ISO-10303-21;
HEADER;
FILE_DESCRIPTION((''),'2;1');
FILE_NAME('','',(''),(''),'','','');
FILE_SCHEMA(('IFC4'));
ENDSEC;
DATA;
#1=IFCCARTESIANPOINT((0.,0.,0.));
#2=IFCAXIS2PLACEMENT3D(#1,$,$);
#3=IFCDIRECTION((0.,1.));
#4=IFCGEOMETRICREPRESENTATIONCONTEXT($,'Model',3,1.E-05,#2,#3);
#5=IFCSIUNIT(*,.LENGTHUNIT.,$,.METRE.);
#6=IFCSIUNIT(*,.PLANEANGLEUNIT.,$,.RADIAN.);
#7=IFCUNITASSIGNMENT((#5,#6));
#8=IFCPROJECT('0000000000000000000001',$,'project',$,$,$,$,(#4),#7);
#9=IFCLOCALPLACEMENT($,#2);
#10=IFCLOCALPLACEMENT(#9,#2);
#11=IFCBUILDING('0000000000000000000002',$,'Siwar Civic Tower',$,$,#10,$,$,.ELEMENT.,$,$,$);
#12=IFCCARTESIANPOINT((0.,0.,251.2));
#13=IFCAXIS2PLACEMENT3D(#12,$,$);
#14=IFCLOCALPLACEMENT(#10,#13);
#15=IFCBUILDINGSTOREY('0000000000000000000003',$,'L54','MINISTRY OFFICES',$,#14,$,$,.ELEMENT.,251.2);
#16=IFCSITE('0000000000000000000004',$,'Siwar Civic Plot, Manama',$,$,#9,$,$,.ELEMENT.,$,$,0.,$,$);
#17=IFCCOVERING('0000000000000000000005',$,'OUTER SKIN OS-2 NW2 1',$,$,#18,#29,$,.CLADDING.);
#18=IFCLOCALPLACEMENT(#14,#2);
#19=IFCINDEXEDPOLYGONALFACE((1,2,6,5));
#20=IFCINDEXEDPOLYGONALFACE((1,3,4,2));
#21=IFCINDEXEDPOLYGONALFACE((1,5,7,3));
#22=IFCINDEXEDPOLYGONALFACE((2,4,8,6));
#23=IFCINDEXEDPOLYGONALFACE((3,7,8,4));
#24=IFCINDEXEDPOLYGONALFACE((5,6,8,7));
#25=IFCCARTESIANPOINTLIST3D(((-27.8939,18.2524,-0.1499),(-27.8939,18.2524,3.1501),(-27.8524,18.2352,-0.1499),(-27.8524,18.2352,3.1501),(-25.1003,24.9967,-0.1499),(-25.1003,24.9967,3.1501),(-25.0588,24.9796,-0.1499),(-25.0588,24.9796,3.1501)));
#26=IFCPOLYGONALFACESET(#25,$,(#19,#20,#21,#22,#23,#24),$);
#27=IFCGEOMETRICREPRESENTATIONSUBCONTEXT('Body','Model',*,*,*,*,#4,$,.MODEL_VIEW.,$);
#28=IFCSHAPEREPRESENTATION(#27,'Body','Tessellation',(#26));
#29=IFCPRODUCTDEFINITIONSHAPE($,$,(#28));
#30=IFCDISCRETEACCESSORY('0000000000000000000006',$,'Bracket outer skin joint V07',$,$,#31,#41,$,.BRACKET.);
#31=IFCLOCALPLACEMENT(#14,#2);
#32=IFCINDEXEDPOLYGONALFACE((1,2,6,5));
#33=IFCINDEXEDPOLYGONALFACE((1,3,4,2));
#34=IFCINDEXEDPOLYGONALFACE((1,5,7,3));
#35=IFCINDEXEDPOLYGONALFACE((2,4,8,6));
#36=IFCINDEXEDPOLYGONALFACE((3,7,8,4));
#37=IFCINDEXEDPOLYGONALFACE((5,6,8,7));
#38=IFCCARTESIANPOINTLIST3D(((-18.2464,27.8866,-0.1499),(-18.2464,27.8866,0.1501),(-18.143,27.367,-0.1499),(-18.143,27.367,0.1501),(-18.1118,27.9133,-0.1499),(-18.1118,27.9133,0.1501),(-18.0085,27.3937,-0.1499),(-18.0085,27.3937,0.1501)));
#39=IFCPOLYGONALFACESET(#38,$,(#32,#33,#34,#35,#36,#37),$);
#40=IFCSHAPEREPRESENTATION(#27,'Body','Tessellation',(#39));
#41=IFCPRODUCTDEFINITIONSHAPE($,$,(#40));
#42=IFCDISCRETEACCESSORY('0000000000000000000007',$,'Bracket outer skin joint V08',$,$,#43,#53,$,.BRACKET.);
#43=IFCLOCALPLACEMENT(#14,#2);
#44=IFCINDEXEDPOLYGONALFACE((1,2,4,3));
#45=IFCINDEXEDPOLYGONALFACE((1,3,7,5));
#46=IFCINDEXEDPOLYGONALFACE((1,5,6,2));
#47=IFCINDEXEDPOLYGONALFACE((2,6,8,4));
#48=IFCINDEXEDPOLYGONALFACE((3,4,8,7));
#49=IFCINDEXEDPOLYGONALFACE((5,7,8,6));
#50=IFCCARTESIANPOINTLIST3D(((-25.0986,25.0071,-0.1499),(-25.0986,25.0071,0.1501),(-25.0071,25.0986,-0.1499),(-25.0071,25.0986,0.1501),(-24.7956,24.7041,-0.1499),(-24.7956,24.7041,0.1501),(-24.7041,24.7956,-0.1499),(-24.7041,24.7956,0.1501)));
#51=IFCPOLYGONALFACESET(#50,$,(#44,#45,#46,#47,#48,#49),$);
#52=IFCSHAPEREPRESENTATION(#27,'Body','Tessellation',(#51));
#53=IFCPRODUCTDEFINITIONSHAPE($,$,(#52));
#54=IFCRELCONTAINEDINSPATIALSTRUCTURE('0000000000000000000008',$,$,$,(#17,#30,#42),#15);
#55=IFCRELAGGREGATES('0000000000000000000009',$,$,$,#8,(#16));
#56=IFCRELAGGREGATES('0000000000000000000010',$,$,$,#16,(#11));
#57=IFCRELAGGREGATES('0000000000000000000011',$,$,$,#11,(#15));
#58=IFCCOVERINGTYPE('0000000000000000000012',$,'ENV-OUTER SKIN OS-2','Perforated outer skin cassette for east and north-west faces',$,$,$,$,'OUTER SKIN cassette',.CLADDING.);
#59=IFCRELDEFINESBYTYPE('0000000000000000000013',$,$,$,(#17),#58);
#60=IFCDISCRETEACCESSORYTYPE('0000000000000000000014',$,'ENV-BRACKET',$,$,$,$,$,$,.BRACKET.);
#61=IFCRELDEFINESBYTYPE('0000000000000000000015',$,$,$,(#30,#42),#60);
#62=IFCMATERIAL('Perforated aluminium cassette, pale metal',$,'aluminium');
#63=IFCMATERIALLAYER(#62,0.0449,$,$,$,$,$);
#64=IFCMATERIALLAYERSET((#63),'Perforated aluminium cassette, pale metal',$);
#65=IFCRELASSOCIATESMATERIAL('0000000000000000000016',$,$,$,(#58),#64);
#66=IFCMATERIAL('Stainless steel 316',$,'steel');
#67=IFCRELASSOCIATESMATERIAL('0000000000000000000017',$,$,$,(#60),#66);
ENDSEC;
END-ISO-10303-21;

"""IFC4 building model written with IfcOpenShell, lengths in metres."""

from ifc_helpers import new_model, si_unit, direction, frame, origin, origin_2d, place, context, subcontext, project, spatial, rectangle, extrude, material, layer, layer_set, type_object, element, save


model = new_model("IFC4")

# Units and contexts
model_context = context("Model", 3, precision=1e-05, world=origin(), true_north=direction((0.0, 1.0)))
body_context = subcontext(model_context, "Body", "Model", "MODEL_VIEW")
ifc_project = project(units=[si_unit("LENGTHUNIT", "METRE"), si_unit("PLANEANGLEUNIT", "RADIAN")], contexts=[model_context])

# Site, building, storey
site_placement = place(None, origin())
site = spatial("IfcSite", under=ifc_project, at=site_placement, Name="Siwar Civic Plot, Manama", CompositionType="ELEMENT", RefElevation=0.0)
building_placement = place(site_placement, origin())
building = spatial("IfcBuilding", under=site, at=building_placement, Name="Siwar Civic Tower", CompositionType="ELEMENT")
storey_placement = place(building_placement, frame((0.0, 0.0, 251.2)))
storey = spatial("IfcBuildingStorey", under=building, at=storey_placement, Name="L54", Description="MINISTRY OFFICES", CompositionType="ELEMENT", Elevation=251.2)

# Covering
ifc_material_1 = material(Name="Perforated aluminium cassette, pale metal", Category="aluminium")
ifc_layer_1 = layer(ifc_material_1, 0.0449)
ifc_layer_set_1 = layer_set([ifc_layer_1], Name="Perforated aluminium cassette, pale metal")
covering_type_1 = type_object("IfcCoveringType", Name="ENV-OUTER SKIN OS-2", Description="Perforated outer skin cassette for east and north-west faces", ElementType="OUTER SKIN cassette", PredefinedType="CLADDING", material=ifc_layer_set_1)
covering_1_placement = place(storey_placement, frame((-26.4763, 21.616, -0.1499), z_axis=(0.0, 0.0, 1.0), x_axis=(-0.382683, -0.92388, 0.0)))
element("IfcCovering", 1, at=covering_1_placement, inside=storey, type_object=covering_type_1, Name="OUTER SKIN OS-2 NW2 1", PredefinedType="CLADDING", context=body_context, shape_type="SweptSolid", body=[
    extrude(rectangle(XDim=7.3, YDim=0.0449, at=origin_2d()), origin(), (0.0, 0.0, 1.0), 3.3),
])

# Discrete accessories
ifc_material_2 = material(Name="Stainless steel 316", Category="steel")
discrete_accessory_type = type_object("IfcDiscreteAccessoryType", Name="ENV-BRACKET", PredefinedType="BRACKET", material=ifc_material_2)
discrete_accessory_1_placement = place(storey_placement, frame((-18.1274, 27.6401, -0.1499), z_axis=(0.0, 0.0, 1.0), x_axis=(-0.19509, 0.980785, 0.0)))
element("IfcDiscreteAccessory", 2, at=discrete_accessory_1_placement, inside=storey, type_object=discrete_accessory_type, Name="Bracket outer skin joint V07", PredefinedType="BRACKET", context=body_context, shape_type="SweptSolid", body=[
    extrude(rectangle(XDim=0.5298, YDim=0.1372, at=origin_2d()), origin(), (0.0, 0.0, 1.0), 0.3),
])
discrete_accessory_2_placement = place(storey_placement, frame((-24.9014, 24.9014, -0.1499), z_axis=(0.0, 0.0, 1.0), x_axis=(-0.707107, 0.707107, 0.0)))
element("IfcDiscreteAccessory", 3, at=discrete_accessory_2_placement, inside=storey, type_object=discrete_accessory_type, Name="Bracket outer skin joint V08", PredefinedType="BRACKET", context=body_context, shape_type="SweptSolid", body=[
    extrude(rectangle(XDim=0.4285, YDim=0.1294, at=origin_2d()), origin(), (0.0, 0.0, 1.0), 0.3),
])

save(model, "model.ifc")
